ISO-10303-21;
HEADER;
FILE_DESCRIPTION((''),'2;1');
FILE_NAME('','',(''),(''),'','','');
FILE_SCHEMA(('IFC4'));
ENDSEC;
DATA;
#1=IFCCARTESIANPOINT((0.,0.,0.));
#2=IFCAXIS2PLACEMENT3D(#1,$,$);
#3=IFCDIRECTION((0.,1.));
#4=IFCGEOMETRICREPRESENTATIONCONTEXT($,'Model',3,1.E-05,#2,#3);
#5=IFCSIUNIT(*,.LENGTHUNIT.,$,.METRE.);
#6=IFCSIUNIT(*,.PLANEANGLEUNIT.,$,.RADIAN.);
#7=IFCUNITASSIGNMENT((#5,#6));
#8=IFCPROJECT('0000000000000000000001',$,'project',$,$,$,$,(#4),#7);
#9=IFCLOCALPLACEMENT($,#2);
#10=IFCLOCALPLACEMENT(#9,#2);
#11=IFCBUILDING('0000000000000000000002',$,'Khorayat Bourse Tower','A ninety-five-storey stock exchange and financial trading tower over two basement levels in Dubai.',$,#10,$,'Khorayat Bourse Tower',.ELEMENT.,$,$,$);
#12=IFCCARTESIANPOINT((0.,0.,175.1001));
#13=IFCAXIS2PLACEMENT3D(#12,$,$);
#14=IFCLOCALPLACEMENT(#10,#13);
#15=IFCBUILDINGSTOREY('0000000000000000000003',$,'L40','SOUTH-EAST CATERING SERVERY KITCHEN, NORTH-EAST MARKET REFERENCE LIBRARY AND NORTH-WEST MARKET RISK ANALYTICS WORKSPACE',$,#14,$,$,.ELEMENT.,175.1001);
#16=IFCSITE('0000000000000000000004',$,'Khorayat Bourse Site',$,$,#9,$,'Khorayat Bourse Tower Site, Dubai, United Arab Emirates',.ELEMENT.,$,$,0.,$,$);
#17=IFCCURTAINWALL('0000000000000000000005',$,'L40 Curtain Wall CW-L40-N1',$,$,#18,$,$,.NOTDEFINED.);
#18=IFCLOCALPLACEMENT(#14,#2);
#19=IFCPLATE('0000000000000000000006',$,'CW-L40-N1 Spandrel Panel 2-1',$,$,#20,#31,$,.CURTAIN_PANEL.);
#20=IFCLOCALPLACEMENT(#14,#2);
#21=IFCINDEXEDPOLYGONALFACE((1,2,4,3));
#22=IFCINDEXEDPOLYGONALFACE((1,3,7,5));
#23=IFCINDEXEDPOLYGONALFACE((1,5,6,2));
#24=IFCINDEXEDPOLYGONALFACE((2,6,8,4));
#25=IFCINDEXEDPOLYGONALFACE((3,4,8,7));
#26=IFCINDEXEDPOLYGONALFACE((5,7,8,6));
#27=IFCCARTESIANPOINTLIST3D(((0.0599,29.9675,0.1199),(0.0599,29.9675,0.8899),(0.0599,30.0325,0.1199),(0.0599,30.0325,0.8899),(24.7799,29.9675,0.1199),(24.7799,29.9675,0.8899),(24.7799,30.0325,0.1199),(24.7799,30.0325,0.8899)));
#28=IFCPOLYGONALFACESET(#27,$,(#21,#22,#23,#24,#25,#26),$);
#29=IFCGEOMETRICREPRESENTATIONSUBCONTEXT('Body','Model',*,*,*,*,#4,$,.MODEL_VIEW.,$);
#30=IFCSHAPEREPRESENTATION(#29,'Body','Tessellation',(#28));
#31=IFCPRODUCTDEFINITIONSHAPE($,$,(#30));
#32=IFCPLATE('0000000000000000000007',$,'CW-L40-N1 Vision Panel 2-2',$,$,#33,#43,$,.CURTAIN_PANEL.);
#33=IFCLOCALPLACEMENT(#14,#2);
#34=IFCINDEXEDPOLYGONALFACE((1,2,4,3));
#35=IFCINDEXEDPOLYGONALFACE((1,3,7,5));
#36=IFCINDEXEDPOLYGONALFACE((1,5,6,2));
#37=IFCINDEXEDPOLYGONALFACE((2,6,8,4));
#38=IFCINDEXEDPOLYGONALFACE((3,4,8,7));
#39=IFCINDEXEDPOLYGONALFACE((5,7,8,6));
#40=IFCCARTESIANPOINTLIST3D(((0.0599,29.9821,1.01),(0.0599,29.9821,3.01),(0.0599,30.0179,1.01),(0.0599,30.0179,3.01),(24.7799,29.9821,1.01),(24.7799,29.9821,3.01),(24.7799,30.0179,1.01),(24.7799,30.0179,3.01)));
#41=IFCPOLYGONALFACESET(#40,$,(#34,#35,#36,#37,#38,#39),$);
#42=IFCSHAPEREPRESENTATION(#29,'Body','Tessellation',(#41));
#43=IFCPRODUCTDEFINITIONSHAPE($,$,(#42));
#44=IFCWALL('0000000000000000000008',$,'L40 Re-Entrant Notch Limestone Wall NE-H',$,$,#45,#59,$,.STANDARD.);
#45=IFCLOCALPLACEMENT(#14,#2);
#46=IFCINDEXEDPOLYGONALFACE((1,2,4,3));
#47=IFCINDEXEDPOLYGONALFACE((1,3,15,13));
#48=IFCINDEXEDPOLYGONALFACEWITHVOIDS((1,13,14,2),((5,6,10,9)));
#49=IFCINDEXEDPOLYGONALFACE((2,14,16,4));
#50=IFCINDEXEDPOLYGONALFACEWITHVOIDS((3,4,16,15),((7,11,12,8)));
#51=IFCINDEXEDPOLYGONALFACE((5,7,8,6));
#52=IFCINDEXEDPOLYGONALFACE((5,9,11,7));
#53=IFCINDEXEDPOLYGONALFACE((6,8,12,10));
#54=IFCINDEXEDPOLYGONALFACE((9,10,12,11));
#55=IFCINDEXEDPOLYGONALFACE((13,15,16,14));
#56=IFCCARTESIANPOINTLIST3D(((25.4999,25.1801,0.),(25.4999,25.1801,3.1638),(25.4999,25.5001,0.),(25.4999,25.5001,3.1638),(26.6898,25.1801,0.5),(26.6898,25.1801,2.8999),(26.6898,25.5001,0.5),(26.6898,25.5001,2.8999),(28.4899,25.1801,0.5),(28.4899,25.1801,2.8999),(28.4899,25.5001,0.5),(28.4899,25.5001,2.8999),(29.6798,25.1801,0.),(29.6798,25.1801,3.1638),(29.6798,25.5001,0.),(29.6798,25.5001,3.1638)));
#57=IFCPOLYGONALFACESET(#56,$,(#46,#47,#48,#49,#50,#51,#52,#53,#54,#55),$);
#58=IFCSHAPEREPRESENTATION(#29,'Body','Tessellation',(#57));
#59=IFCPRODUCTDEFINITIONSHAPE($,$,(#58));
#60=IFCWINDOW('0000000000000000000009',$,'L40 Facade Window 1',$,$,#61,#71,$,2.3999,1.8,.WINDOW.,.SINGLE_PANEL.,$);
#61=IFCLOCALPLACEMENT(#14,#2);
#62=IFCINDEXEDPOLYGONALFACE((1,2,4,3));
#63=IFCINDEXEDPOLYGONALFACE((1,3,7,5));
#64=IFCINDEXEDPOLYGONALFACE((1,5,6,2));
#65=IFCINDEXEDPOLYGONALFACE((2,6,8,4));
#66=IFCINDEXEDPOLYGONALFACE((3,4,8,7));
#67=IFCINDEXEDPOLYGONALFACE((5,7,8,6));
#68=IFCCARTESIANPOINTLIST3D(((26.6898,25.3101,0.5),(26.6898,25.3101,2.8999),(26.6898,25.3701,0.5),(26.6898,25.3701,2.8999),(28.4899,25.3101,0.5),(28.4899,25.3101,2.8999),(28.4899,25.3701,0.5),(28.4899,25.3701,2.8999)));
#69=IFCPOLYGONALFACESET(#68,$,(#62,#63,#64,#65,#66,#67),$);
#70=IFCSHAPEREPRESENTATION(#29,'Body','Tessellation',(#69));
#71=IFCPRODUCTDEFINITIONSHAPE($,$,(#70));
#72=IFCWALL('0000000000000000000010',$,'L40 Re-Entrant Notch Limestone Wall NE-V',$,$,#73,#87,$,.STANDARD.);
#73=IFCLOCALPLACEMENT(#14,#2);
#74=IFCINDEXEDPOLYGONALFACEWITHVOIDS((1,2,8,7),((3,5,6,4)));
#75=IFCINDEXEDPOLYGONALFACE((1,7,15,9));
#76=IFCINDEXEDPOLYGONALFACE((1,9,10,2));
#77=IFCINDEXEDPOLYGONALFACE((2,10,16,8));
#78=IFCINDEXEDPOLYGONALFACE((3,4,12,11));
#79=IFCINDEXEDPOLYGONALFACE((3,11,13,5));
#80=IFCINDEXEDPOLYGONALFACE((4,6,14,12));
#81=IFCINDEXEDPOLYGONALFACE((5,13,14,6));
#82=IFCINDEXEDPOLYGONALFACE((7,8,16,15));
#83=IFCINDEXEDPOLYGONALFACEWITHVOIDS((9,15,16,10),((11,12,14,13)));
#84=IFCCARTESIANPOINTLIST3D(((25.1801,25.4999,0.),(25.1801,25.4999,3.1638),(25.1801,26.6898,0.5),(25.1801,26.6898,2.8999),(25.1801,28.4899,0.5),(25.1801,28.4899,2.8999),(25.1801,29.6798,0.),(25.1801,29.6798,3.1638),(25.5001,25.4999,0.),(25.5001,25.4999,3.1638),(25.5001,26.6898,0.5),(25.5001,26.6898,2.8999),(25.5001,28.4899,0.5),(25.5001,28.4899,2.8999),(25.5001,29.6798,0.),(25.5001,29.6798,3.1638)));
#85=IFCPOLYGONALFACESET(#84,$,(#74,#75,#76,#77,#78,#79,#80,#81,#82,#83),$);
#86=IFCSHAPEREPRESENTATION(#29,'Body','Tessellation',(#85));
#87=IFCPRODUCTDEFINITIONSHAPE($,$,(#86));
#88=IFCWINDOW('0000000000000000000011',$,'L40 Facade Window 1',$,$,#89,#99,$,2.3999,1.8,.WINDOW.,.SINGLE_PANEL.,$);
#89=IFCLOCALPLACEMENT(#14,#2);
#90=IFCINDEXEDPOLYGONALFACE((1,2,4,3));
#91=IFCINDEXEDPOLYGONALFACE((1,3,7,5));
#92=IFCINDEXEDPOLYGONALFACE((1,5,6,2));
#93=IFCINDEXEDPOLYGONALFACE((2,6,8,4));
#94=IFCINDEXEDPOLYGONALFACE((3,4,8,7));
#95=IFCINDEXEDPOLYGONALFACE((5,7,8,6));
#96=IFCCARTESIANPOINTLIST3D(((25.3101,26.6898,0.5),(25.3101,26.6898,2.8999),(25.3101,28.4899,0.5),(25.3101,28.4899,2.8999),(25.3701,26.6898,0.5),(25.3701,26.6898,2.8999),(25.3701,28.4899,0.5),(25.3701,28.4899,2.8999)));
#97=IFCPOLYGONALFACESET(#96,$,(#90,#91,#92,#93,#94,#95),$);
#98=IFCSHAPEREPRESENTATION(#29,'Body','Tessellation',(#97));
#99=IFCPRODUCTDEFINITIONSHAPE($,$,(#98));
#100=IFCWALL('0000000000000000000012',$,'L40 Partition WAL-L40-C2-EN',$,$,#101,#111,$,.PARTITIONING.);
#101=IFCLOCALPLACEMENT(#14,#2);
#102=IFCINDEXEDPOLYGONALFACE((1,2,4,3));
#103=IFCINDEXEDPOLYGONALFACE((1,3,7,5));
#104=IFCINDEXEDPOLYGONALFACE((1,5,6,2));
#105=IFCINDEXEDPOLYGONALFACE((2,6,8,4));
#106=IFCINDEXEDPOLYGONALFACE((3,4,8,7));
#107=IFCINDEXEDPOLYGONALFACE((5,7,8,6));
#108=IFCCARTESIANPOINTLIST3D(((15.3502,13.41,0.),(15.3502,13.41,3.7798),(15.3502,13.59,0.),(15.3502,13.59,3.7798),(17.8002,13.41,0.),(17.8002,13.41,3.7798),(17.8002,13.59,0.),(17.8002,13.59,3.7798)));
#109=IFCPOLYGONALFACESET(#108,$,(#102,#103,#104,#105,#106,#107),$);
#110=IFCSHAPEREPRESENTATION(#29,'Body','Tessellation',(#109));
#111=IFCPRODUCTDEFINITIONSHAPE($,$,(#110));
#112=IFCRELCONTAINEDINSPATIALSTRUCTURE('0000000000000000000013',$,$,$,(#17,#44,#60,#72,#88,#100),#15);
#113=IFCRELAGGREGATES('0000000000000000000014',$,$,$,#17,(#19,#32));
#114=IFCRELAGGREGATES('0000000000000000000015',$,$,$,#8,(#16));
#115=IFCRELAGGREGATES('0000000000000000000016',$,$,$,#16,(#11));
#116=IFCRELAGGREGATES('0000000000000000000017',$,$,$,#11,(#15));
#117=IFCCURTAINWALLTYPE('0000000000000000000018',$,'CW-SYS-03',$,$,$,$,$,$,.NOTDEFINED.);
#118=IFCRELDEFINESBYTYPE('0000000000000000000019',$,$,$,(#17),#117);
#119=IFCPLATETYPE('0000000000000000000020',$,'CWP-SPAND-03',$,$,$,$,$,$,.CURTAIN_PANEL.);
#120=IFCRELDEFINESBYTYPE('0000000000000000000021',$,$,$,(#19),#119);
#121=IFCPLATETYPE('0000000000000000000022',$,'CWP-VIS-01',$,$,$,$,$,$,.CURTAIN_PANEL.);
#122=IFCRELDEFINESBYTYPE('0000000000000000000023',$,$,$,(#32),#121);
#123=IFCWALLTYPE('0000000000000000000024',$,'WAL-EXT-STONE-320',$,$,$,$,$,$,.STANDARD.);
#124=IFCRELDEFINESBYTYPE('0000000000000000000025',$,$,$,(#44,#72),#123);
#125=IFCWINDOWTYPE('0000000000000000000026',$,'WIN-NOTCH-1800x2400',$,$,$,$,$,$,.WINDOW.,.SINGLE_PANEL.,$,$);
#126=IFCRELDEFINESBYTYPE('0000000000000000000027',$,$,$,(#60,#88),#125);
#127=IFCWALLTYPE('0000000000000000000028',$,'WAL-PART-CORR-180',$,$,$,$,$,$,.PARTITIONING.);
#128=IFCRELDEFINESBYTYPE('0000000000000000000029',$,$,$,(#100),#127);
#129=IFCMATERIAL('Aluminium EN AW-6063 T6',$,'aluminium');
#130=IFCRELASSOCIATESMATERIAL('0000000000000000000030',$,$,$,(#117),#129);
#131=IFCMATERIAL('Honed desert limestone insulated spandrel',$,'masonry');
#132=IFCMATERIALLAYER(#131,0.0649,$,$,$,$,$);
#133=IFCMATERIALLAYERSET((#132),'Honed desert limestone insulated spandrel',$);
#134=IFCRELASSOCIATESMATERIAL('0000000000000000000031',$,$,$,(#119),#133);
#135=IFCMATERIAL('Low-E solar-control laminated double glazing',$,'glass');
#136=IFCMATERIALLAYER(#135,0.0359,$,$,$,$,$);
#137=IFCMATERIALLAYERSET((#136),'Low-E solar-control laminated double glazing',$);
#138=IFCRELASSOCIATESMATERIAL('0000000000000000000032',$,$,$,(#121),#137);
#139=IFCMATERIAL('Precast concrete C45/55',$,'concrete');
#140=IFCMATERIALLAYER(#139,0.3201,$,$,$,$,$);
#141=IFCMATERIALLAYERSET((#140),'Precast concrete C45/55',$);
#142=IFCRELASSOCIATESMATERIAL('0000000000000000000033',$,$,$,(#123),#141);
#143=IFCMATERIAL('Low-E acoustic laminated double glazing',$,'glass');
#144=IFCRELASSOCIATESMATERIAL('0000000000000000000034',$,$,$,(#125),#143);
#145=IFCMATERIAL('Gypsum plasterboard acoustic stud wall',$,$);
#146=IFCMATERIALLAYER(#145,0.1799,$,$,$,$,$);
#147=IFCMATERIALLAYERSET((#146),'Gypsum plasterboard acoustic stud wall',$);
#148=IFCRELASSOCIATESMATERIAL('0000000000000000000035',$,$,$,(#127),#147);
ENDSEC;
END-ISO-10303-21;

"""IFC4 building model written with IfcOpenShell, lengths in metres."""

from ifc_helpers import new_model, si_unit, direction, frame, frame_2d, origin, origin_2d, place, context, subcontext, project, spatial, rectangle, extrude, source, transform, mapped, material, layer, layer_set, type_object, element, fill, aggregate, save


model = new_model("IFC4")

# Units and contexts
model_context = context("Model", 3, precision=1e-05, world=origin(), true_north=direction((0.0, 1.0)))
body_context = subcontext(model_context, "Body", "Model", "MODEL_VIEW")
ifc_project = project(units=[si_unit("LENGTHUNIT", "METRE"), si_unit("PLANEANGLEUNIT", "RADIAN")], contexts=[model_context])

# Site, building, storey
site_placement = place(None, origin())
site = spatial("IfcSite", under=ifc_project, at=site_placement, Name="Khorayat Bourse Site", LongName="Khorayat Bourse Tower Site, Dubai, United Arab Emirates", CompositionType="ELEMENT", RefElevation=0.0)
building_placement = place(site_placement, origin())
building = spatial("IfcBuilding", under=site, at=building_placement, Name="Khorayat Bourse Tower", Description="A ninety-five-storey stock exchange and financial trading tower over two basement levels in Dubai.", LongName="Khorayat Bourse Tower", CompositionType="ELEMENT")
storey_placement = place(building_placement, frame((0.0, 0.0, 175.1001)))
storey = spatial("IfcBuildingStorey", under=building, at=storey_placement, Name="L40", Description="SOUTH-EAST CATERING SERVERY KITCHEN, NORTH-EAST MARKET REFERENCE LIBRARY AND NORTH-WEST MARKET RISK ANALYTICS WORKSPACE", CompositionType="ELEMENT", Elevation=175.1001)

# Curtain wall
ifc_material_1 = material(Name="Aluminium EN AW-6063 T6", Category="aluminium")
curtain_wall_type = type_object("IfcCurtainWallType", Name="CW-SYS-03", PredefinedType="NOTDEFINED", material=ifc_material_1)
curtain_wall_1_placement = place(storey_placement, origin())
curtain_wall_1 = element("IfcCurtainWall", 1, at=curtain_wall_1_placement, inside=storey, type_object=curtain_wall_type, Name="L40 Curtain Wall CW-L40-N1", PredefinedType="NOTDEFINED")

# Plates
ifc_material_2 = material(Name="Honed desert limestone insulated spandrel", Category="masonry")
ifc_layer_1 = layer(ifc_material_2, 0.0649)
ifc_layer_set_1 = layer_set([ifc_layer_1], Name="Honed desert limestone insulated spandrel")
plate_type_1 = type_object("IfcPlateType", Name="CWP-SPAND-03", PredefinedType="CURTAIN_PANEL", material=ifc_layer_set_1)
shared_shape_1 = source(origin(), body_context, "Body", "SweptSolid", [
    extrude(rectangle(XDim=24.72, YDim=0.0649, at=origin_2d()), origin(), (0.0, 0.0, 1.0), 0.77),
])
plate_1_placement = place(storey_placement, frame((12.4199, 30.0, 0.1199), z_axis=(0.0, 0.0, 1.0), x_axis=(1.0, 0.0, 0.0)))
plate_1 = element("IfcPlate", 2, at=plate_1_placement, type_object=plate_type_1, Name="CW-L40-N1 Spandrel Panel 2-1", PredefinedType="CURTAIN_PANEL", context=body_context, shape_type="MappedRepresentation", body=[
    mapped(shared_shape_1, transform((0.0, 0.0, 0.0), scale=1.0)),
])
ifc_material_3 = material(Name="Low-E solar-control laminated double glazing", Category="glass")
ifc_layer_2 = layer(ifc_material_3, 0.0359)
ifc_layer_set_2 = layer_set([ifc_layer_2], Name="Low-E solar-control laminated double glazing")
plate_type_2 = type_object("IfcPlateType", Name="CWP-VIS-01", PredefinedType="CURTAIN_PANEL", material=ifc_layer_set_2)
shared_shape_2 = source(origin(), body_context, "Body", "SweptSolid", [
    extrude(rectangle(XDim=24.72, YDim=0.0359, at=origin_2d()), origin(), (0.0, 0.0, 1.0), 2.0),
])
plate_2_placement = place(storey_placement, frame((12.4199, 30.0, 1.01), z_axis=(0.0, 0.0, 1.0), x_axis=(1.0, 0.0, 0.0)))
plate_2 = element("IfcPlate", 3, at=plate_2_placement, type_object=plate_type_2, Name="CW-L40-N1 Vision Panel 2-2", PredefinedType="CURTAIN_PANEL", context=body_context, shape_type="MappedRepresentation", body=[
    mapped(shared_shape_2, transform((0.0, 0.0, 0.0), scale=1.0)),
])
aggregate(curtain_wall_1, [plate_1, plate_2])

# Walls, openings, windows
ifc_material_4 = material(Name="Precast concrete C45/55", Category="concrete")
ifc_layer_3 = layer(ifc_material_4, 0.3201)
ifc_layer_set_3 = layer_set([ifc_layer_3], Name="Precast concrete C45/55")
wall_type_1 = type_object("IfcWallType", Name="WAL-EXT-STONE-320", PredefinedType="STANDARD", material=ifc_layer_set_3)
shared_shape_3 = source(origin(), body_context, "Body", "SweptSolid", [
    extrude(rectangle(XDim=4.1799, YDim=0.3201, at=frame_2d((2.0898, 0.0))), origin(), (0.0, 0.0, 1.0), 3.1638),
])
wall_1_placement = place(storey_placement, frame((25.5, 25.3401, 0.0), z_axis=(0.0, 0.0, 1.0), x_axis=(1.0, 0.0, 0.0)))
wall_1 = element("IfcWall", 4, at=wall_1_placement, inside=storey, type_object=wall_type_1, Name="L40 Re-Entrant Notch Limestone Wall NE-H", PredefinedType="STANDARD", context=body_context, shape_type="MappedRepresentation", body=[
    mapped(shared_shape_3, transform((0.0, 0.0, 0.0), scale=1.0)),
])
shared_shape_4 = source(origin(), body_context, "Body", "SweptSolid", [
    extrude(rectangle(XDim=1.8, YDim=2.3999, at=frame_2d((0.8999, 1.2))), frame((0.0, 0.1699, 0.0), z_axis=(0.0, -1.0, 0.0), x_axis=(1.0, 0.0, 0.0)), (0.0, 0.0, 1.0), 0.3401),
])
opening_1_placement = place(wall_1_placement, frame((1.1899, 0.0, 0.5)))
opening_1 = element("IfcOpeningElement", 5, at=opening_1_placement, cuts=wall_1, PredefinedType="OPENING", context=body_context, shape_type="MappedRepresentation", body=[
    mapped(shared_shape_4, transform((0.0, 0.0, 0.0), scale=1.0)),
])
ifc_material_5 = material(Name="Low-E acoustic laminated double glazing", Category="glass")
window_type = type_object("IfcWindowType", Name="WIN-NOTCH-1800x2400", PartitioningType="SINGLE_PANEL", PredefinedType="WINDOW", material=ifc_material_5)
shared_shape_5 = source(origin(), body_context, "Body", "SweptSolid", [
    extrude(rectangle(XDim=1.8, YDim=2.3999, at=frame_2d((0.8999, 1.2))), frame((0.0, 0.03, 0.0), z_axis=(0.0, -1.0, 0.0), x_axis=(1.0, 0.0, 0.0)), (0.0, 0.0, 1.0), 0.0601),
])
window_1_placement = place(opening_1_placement, origin())
window_1 = element("IfcWindow", 6, at=window_1_placement, inside=storey, type_object=window_type, Name="L40 Facade Window 1", OverallHeight=2.3999, OverallWidth=1.8, PartitioningType="SINGLE_PANEL", PredefinedType="WINDOW", context=body_context, shape_type="MappedRepresentation", body=[
    mapped(shared_shape_5, transform((0.0, 0.0, 0.0), scale=1.0)),
])
fill(opening_1, window_1)
wall_2_placement = place(storey_placement, frame((25.3401, 25.5, 0.0), z_axis=(0.0, 0.0, 1.0), x_axis=(0.0, 1.0, 0.0)))
wall_2 = element("IfcWall", 7, at=wall_2_placement, inside=storey, type_object=wall_type_1, Name="L40 Re-Entrant Notch Limestone Wall NE-V", PredefinedType="STANDARD", context=body_context, shape_type="MappedRepresentation", body=[
    mapped(shared_shape_3, transform((0.0, 0.0, 0.0), scale=1.0)),
])
opening_2_placement = place(wall_2_placement, frame((1.1899, 0.0, 0.5)))
opening_2 = element("IfcOpeningElement", 8, at=opening_2_placement, cuts=wall_2, PredefinedType="OPENING", context=body_context, shape_type="MappedRepresentation", body=[
    mapped(shared_shape_4, transform((0.0, 0.0, 0.0), scale=1.0)),
])
window_2_placement = place(opening_2_placement, origin())
window_2 = element("IfcWindow", 9, at=window_2_placement, inside=storey, type_object=window_type, Name="L40 Facade Window 1", OverallHeight=2.3999, OverallWidth=1.8, PartitioningType="SINGLE_PANEL", PredefinedType="WINDOW", context=body_context, shape_type="MappedRepresentation", body=[
    mapped(shared_shape_5, transform((0.0, 0.0, 0.0), scale=1.0)),
])
fill(opening_2, window_2)

# Wall
ifc_material_6 = material(Name="Gypsum plasterboard acoustic stud wall")
ifc_layer_4 = layer(ifc_material_6, 0.1799)
ifc_layer_set_4 = layer_set([ifc_layer_4], Name="Gypsum plasterboard acoustic stud wall")
wall_type_2 = type_object("IfcWallType", Name="WAL-PART-CORR-180", PredefinedType="PARTITIONING", material=ifc_layer_set_4)
shared_shape_6 = source(origin(), body_context, "Body", "SweptSolid", [
    extrude(rectangle(XDim=2.45, YDim=0.1799, at=frame_2d((1.2251, 0.0))), origin(), (0.0, 0.0, 1.0), 3.7798),
])
wall_3_placement = place(storey_placement, frame((15.3501, 13.5, 0.0), z_axis=(0.0, 0.0, 1.0), x_axis=(1.0, 0.0, 0.0)))
element("IfcWall", 10, at=wall_3_placement, inside=storey, type_object=wall_type_2, Name="L40 Partition WAL-L40-C2-EN", PredefinedType="PARTITIONING", context=body_context, shape_type="MappedRepresentation", body=[
    mapped(shared_shape_6, transform((0.0, 0.0, 0.0), scale=1.0)),
])

save(model, "model.ifc")
